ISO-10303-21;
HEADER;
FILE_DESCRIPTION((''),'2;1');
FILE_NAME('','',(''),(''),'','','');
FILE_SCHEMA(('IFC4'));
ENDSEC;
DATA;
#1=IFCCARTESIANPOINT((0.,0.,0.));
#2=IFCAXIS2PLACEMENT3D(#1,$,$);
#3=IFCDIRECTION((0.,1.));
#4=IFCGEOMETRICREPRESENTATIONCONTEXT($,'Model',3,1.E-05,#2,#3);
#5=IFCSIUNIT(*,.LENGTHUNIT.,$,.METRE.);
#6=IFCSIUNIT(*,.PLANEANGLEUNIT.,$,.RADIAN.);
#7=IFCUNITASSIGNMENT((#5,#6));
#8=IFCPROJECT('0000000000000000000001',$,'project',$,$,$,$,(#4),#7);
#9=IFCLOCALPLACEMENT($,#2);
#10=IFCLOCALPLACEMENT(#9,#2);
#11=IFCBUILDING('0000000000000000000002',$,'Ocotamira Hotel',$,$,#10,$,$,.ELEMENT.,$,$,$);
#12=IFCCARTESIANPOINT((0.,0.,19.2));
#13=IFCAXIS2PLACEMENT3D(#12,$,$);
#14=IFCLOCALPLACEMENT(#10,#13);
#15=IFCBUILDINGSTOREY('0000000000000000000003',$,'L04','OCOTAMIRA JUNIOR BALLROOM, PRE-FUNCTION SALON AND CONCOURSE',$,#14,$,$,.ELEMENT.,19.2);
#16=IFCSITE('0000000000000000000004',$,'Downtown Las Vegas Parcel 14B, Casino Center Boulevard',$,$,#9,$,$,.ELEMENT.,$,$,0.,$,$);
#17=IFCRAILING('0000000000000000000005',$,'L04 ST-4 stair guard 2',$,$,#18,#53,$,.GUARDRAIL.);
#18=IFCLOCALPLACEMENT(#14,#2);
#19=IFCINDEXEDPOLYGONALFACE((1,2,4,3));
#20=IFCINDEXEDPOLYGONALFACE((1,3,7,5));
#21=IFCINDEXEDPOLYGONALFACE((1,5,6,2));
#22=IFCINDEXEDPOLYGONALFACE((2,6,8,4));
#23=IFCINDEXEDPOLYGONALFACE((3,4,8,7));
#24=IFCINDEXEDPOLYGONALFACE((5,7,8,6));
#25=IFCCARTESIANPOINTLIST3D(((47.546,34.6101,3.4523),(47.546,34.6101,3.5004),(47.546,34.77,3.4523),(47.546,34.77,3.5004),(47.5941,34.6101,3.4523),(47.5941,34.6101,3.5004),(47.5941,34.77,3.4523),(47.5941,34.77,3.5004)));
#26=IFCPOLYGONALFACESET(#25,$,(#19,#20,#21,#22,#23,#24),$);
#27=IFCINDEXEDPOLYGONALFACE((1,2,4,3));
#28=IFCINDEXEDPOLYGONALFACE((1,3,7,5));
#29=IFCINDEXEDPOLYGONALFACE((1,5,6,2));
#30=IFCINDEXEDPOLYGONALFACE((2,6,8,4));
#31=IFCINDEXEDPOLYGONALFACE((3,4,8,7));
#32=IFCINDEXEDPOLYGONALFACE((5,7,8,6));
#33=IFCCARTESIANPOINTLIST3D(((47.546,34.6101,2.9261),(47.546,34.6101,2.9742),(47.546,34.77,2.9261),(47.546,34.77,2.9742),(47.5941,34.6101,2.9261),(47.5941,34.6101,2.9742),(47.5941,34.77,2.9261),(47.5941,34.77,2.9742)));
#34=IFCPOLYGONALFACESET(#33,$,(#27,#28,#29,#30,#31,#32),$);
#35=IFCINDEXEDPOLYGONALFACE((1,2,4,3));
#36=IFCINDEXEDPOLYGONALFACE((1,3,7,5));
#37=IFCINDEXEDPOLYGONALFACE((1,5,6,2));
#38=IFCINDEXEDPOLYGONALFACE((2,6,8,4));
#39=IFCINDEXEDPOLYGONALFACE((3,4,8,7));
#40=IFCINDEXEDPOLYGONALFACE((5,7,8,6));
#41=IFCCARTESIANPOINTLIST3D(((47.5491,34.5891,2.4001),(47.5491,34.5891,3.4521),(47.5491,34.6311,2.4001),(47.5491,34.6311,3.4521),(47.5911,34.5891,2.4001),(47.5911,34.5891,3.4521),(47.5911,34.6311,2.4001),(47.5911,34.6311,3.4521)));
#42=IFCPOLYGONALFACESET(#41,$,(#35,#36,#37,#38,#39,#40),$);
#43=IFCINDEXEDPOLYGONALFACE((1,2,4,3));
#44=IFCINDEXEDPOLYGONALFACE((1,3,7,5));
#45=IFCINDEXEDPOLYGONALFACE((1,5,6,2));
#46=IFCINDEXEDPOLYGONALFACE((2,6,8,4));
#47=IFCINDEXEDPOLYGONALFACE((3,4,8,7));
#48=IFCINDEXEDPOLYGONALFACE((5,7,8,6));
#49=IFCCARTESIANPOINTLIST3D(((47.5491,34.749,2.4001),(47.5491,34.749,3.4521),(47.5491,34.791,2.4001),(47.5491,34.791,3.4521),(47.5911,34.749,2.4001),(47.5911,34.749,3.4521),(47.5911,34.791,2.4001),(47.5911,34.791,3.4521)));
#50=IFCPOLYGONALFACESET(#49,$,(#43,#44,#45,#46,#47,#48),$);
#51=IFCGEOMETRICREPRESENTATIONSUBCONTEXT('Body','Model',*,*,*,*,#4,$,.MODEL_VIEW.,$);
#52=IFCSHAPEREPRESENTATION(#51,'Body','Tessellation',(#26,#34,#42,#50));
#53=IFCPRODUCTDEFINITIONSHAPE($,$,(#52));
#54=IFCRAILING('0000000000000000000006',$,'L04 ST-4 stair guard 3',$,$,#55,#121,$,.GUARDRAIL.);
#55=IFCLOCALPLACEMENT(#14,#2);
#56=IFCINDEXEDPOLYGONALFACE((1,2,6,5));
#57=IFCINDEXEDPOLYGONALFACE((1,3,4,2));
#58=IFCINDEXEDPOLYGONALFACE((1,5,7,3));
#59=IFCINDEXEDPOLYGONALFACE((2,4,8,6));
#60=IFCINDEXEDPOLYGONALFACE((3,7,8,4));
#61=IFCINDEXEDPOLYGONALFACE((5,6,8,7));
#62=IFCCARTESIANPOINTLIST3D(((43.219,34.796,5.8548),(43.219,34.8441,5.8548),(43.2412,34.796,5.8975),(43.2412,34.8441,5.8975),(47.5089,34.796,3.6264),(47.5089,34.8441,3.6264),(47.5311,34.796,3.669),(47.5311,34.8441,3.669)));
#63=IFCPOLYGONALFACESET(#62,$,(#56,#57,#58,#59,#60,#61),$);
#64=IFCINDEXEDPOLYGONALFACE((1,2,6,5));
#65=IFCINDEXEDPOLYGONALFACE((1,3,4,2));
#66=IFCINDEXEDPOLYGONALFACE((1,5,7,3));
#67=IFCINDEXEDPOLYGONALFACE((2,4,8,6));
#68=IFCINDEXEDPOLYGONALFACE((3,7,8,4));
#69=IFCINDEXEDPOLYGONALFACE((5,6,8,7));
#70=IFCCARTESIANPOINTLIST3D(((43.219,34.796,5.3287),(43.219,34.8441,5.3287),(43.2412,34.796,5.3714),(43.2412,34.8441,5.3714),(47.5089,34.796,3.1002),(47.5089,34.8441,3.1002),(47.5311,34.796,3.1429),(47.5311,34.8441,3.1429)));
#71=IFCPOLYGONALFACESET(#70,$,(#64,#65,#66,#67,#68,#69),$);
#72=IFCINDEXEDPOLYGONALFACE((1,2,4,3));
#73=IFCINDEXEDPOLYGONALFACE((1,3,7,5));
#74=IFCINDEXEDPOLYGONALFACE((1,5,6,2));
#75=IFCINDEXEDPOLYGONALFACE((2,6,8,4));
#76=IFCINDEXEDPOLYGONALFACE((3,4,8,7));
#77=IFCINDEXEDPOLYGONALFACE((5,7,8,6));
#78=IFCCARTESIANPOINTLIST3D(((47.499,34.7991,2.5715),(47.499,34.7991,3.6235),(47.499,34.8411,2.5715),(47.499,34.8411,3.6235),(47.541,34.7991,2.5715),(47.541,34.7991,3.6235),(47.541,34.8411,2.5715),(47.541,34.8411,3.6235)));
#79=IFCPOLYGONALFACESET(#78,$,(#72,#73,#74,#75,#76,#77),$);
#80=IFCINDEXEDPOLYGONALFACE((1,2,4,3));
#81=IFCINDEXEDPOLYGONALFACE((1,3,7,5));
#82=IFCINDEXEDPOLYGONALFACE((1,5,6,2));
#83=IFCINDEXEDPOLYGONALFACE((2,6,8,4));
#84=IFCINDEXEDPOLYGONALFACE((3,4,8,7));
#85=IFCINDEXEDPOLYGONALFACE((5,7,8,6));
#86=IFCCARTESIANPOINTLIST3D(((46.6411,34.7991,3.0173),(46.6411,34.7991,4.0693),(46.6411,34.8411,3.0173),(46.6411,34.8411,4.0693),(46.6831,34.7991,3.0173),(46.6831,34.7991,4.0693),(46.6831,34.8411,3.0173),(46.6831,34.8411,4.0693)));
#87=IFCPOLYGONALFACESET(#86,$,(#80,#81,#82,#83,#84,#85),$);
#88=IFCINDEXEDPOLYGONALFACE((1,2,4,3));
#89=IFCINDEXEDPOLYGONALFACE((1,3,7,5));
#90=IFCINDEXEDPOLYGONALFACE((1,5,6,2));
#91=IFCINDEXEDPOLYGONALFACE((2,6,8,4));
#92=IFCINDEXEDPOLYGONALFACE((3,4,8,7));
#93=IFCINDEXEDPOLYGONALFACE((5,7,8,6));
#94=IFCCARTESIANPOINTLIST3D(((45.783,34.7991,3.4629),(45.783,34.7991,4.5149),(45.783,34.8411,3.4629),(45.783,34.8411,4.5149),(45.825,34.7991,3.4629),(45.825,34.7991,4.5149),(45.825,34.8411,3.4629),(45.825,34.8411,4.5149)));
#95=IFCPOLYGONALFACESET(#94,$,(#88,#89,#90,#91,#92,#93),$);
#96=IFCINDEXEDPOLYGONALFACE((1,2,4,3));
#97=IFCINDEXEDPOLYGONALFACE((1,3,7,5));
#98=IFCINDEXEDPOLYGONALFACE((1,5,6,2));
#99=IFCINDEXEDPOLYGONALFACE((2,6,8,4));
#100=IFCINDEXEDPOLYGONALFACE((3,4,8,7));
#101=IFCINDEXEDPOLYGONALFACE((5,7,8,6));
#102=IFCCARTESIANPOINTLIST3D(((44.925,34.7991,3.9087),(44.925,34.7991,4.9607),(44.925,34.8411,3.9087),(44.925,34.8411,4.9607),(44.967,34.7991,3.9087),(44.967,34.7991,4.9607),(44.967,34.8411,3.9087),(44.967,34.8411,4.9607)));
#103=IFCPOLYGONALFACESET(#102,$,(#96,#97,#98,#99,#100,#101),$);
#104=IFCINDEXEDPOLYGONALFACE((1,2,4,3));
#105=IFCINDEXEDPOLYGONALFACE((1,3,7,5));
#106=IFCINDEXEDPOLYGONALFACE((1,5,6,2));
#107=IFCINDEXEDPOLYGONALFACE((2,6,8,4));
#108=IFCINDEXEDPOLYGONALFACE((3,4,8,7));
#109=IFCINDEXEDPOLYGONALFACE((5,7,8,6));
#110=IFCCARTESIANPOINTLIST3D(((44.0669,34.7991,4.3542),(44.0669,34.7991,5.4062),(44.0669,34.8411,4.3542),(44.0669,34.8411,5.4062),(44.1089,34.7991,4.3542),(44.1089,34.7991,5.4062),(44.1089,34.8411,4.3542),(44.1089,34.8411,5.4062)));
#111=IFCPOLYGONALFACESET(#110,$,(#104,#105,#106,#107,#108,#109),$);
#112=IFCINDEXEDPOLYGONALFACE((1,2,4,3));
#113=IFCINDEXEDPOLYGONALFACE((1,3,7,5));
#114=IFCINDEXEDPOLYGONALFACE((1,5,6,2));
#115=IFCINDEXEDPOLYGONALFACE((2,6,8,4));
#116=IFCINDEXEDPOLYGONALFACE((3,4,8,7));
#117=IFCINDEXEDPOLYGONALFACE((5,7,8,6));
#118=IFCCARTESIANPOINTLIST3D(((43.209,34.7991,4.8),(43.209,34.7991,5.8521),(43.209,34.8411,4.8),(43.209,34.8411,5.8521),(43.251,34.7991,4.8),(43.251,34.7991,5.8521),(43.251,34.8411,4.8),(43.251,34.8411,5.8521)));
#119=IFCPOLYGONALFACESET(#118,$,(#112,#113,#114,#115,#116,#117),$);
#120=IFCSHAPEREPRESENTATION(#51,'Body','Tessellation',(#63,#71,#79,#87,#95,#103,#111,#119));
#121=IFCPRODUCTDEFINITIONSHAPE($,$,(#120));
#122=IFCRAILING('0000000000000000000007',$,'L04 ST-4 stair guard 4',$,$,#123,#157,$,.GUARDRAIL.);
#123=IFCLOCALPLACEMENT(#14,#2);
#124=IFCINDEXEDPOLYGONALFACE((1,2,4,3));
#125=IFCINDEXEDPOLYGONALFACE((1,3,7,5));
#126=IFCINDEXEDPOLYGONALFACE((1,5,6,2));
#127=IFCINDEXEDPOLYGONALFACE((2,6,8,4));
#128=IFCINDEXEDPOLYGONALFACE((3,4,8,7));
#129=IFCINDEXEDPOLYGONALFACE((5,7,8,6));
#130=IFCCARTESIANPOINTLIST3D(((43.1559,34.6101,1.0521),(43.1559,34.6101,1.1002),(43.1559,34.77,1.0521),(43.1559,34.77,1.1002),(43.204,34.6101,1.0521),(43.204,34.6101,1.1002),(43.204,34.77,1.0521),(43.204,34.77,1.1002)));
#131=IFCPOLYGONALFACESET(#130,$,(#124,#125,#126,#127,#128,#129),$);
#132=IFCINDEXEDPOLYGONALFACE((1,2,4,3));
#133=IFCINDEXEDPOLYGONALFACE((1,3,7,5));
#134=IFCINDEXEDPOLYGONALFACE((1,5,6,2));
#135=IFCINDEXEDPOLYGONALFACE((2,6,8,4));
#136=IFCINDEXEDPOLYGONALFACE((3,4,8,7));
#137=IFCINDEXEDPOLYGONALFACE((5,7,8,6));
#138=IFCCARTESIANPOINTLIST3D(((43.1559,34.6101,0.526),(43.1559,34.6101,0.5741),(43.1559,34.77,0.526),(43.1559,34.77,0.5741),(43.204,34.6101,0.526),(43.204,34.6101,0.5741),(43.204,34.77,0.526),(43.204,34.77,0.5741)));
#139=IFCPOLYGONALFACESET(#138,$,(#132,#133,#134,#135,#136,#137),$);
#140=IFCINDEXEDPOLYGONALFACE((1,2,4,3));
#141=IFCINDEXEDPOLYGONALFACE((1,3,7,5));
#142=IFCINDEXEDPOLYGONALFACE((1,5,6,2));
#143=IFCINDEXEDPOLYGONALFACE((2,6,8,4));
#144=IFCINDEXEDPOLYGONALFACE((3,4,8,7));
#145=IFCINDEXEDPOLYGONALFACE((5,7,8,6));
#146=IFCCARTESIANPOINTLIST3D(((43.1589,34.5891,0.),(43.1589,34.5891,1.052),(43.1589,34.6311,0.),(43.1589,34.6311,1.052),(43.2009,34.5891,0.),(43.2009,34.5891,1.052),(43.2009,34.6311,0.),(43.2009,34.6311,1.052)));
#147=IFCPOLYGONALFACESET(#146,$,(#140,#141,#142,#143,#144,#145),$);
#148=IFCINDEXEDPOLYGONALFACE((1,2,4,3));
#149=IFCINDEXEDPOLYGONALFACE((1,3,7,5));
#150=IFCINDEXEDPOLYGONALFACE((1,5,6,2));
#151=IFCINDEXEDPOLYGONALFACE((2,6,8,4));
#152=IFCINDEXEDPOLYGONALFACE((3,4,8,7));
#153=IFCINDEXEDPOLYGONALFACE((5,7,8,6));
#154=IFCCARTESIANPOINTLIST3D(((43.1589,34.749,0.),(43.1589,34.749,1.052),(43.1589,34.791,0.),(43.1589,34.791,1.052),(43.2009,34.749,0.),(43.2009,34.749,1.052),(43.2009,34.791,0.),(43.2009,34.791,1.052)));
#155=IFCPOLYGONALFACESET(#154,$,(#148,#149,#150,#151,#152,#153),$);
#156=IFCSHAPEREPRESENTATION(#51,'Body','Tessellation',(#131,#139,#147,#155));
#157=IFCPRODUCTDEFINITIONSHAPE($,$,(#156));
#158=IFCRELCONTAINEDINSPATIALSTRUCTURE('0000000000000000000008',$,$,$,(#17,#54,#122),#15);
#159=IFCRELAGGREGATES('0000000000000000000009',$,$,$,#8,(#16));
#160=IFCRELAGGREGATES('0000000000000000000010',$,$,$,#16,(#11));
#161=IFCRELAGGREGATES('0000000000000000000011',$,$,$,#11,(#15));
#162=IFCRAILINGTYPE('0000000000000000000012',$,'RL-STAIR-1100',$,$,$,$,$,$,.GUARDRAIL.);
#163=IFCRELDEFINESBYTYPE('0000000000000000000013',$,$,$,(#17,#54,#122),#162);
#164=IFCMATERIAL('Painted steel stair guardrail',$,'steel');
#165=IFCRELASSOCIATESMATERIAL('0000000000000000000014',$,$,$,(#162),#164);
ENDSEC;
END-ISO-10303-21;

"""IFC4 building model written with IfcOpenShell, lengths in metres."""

from ifc_helpers import new_model, si_unit, direction, frame, origin, origin_2d, place, context, subcontext, project, spatial, rectangle, extrude, material, type_object, element, save


model = new_model("IFC4")

# Units and contexts
model_context = context("Model", 3, precision=1e-05, world=origin(), true_north=direction((0.0, 1.0)))
body_context = subcontext(model_context, "Body", "Model", "MODEL_VIEW")
ifc_project = project(units=[si_unit("LENGTHUNIT", "METRE"), si_unit("PLANEANGLEUNIT", "RADIAN")], contexts=[model_context])

# Site, building, storey
site_placement = place(None, origin())
site = spatial("IfcSite", under=ifc_project, at=site_placement, Name="Downtown Las Vegas Parcel 14B, Casino Center Boulevard", CompositionType="ELEMENT", RefElevation=0.0)
building_placement = place(site_placement, origin())
building = spatial("IfcBuilding", under=site, at=building_placement, Name="Ocotamira Hotel", CompositionType="ELEMENT")
storey_placement = place(building_placement, frame((0.0, 0.0, 19.2)))
storey = spatial("IfcBuildingStorey", under=building, at=storey_placement, Name="L04", Description="OCOTAMIRA JUNIOR BALLROOM, PRE-FUNCTION SALON AND CONCOURSE", CompositionType="ELEMENT", Elevation=19.2)

# Railings
ifc_material_1 = material(Name="Painted steel stair guardrail", Category="steel")
railing_type_1 = type_object("IfcRailingType", Name="RL-STAIR-1100", PredefinedType="GUARDRAIL", material=ifc_material_1)
railing_1_placement = place(storey_placement, frame((47.5701, 34.6101, 2.4001)))
element("IfcRailing", 1, at=railing_1_placement, inside=storey, type_object=railing_type_1, Name="L04 ST-4 stair guard 2", PredefinedType="GUARDRAIL", context=body_context, shape_type="SweptSolid", body=[
    extrude(rectangle(XDim=0.0481, YDim=0.0481, at=origin_2d()), frame((0.0, 0.0, 1.0762), z_axis=(0.0, 1.0, 0.0), x_axis=(-1.0, 0.0, 0.0)), (0.0, 0.0, 1.0), 0.1599),
    extrude(rectangle(XDim=0.0481, YDim=0.0481, at=origin_2d()), frame((0.0, 0.0, 0.55), z_axis=(0.0, 1.0, 0.0), x_axis=(-1.0, 0.0, 0.0)), (0.0, 0.0, 1.0), 0.1599),
    extrude(rectangle(XDim=0.042, YDim=0.042, at=origin_2d()), origin(), (0.0, 0.0, 1.0), 1.052),
    extrude(rectangle(XDim=0.042, YDim=0.042, at=origin_2d()), frame((0.0, 0.1599, 0.0)), (0.0, 0.0, 1.0), 1.052),
])
railing_2_placement = place(storey_placement, frame((47.52, 34.8201, 2.5715)))
element("IfcRailing", 2, at=railing_2_placement, inside=storey, type_object=railing_type_1, Name="L04 ST-4 stair guard 3", PredefinedType="GUARDRAIL", context=body_context, shape_type="SweptSolid", body=[
    extrude(rectangle(XDim=0.0481, YDim=0.0481, at=origin_2d()), frame((0.0, 0.0, 1.0762), z_axis=(-0.887412, 0.0, 0.460977), x_axis=(0.0, -1.0, 0.0)), (0.0, 0.0, 1.0), 4.8342),
    extrude(rectangle(XDim=0.0481, YDim=0.0481, at=origin_2d()), frame((0.0, 0.0, 0.55), z_axis=(-0.887412, 0.0, 0.460977), x_axis=(0.0, -1.0, 0.0)), (0.0, 0.0, 1.0), 4.8342),
    extrude(rectangle(XDim=0.042, YDim=0.042, at=origin_2d()), origin(), (0.0, 0.0, 1.0), 1.052),
    extrude(rectangle(XDim=0.042, YDim=0.042, at=origin_2d()), frame((-0.8579, 0.0, 0.4458)), (0.0, 0.0, 1.0), 1.052),
    extrude(rectangle(XDim=0.042, YDim=0.042, at=origin_2d()), frame((-1.7161, 0.0, 0.8914)), (0.0, 0.0, 1.0), 1.052),
    extrude(rectangle(XDim=0.042, YDim=0.042, at=origin_2d()), frame((-2.574, 0.0, 1.3372)), (0.0, 0.0, 1.0), 1.052),
    extrude(rectangle(XDim=0.042, YDim=0.042, at=origin_2d()), frame((-3.4321, 0.0, 1.7827)), (0.0, 0.0, 1.0), 1.052),
    extrude(rectangle(XDim=0.042, YDim=0.042, at=origin_2d()), frame((-4.29, 0.0, 2.2285)), (0.0, 0.0, 1.0), 1.052),
])
railing_3_placement = place(storey_placement, frame((43.1799, 34.6101, 0.0)))
element("IfcRailing", 3, at=railing_3_placement, inside=storey, type_object=railing_type_1, Name="L04 ST-4 stair guard 4", PredefinedType="GUARDRAIL", context=body_context, shape_type="SweptSolid", body=[
    extrude(rectangle(XDim=0.0481, YDim=0.0481, at=origin_2d()), frame((0.0, 0.0, 1.0762), z_axis=(0.0, 1.0, 0.0), x_axis=(-1.0, 0.0, 0.0)), (0.0, 0.0, 1.0), 0.1599),
    extrude(rectangle(XDim=0.0481, YDim=0.0481, at=origin_2d()), frame((0.0, 0.0, 0.55), z_axis=(0.0, 1.0, 0.0), x_axis=(-1.0, 0.0, 0.0)), (0.0, 0.0, 1.0), 0.1599),
    extrude(rectangle(XDim=0.042, YDim=0.042, at=origin_2d()), origin(), (0.0, 0.0, 1.0), 1.052),
    extrude(rectangle(XDim=0.042, YDim=0.042, at=origin_2d()), frame((0.0, 0.1599, 0.0)), (0.0, 0.0, 1.0), 1.052),
])

save(model, "model.ifc")
